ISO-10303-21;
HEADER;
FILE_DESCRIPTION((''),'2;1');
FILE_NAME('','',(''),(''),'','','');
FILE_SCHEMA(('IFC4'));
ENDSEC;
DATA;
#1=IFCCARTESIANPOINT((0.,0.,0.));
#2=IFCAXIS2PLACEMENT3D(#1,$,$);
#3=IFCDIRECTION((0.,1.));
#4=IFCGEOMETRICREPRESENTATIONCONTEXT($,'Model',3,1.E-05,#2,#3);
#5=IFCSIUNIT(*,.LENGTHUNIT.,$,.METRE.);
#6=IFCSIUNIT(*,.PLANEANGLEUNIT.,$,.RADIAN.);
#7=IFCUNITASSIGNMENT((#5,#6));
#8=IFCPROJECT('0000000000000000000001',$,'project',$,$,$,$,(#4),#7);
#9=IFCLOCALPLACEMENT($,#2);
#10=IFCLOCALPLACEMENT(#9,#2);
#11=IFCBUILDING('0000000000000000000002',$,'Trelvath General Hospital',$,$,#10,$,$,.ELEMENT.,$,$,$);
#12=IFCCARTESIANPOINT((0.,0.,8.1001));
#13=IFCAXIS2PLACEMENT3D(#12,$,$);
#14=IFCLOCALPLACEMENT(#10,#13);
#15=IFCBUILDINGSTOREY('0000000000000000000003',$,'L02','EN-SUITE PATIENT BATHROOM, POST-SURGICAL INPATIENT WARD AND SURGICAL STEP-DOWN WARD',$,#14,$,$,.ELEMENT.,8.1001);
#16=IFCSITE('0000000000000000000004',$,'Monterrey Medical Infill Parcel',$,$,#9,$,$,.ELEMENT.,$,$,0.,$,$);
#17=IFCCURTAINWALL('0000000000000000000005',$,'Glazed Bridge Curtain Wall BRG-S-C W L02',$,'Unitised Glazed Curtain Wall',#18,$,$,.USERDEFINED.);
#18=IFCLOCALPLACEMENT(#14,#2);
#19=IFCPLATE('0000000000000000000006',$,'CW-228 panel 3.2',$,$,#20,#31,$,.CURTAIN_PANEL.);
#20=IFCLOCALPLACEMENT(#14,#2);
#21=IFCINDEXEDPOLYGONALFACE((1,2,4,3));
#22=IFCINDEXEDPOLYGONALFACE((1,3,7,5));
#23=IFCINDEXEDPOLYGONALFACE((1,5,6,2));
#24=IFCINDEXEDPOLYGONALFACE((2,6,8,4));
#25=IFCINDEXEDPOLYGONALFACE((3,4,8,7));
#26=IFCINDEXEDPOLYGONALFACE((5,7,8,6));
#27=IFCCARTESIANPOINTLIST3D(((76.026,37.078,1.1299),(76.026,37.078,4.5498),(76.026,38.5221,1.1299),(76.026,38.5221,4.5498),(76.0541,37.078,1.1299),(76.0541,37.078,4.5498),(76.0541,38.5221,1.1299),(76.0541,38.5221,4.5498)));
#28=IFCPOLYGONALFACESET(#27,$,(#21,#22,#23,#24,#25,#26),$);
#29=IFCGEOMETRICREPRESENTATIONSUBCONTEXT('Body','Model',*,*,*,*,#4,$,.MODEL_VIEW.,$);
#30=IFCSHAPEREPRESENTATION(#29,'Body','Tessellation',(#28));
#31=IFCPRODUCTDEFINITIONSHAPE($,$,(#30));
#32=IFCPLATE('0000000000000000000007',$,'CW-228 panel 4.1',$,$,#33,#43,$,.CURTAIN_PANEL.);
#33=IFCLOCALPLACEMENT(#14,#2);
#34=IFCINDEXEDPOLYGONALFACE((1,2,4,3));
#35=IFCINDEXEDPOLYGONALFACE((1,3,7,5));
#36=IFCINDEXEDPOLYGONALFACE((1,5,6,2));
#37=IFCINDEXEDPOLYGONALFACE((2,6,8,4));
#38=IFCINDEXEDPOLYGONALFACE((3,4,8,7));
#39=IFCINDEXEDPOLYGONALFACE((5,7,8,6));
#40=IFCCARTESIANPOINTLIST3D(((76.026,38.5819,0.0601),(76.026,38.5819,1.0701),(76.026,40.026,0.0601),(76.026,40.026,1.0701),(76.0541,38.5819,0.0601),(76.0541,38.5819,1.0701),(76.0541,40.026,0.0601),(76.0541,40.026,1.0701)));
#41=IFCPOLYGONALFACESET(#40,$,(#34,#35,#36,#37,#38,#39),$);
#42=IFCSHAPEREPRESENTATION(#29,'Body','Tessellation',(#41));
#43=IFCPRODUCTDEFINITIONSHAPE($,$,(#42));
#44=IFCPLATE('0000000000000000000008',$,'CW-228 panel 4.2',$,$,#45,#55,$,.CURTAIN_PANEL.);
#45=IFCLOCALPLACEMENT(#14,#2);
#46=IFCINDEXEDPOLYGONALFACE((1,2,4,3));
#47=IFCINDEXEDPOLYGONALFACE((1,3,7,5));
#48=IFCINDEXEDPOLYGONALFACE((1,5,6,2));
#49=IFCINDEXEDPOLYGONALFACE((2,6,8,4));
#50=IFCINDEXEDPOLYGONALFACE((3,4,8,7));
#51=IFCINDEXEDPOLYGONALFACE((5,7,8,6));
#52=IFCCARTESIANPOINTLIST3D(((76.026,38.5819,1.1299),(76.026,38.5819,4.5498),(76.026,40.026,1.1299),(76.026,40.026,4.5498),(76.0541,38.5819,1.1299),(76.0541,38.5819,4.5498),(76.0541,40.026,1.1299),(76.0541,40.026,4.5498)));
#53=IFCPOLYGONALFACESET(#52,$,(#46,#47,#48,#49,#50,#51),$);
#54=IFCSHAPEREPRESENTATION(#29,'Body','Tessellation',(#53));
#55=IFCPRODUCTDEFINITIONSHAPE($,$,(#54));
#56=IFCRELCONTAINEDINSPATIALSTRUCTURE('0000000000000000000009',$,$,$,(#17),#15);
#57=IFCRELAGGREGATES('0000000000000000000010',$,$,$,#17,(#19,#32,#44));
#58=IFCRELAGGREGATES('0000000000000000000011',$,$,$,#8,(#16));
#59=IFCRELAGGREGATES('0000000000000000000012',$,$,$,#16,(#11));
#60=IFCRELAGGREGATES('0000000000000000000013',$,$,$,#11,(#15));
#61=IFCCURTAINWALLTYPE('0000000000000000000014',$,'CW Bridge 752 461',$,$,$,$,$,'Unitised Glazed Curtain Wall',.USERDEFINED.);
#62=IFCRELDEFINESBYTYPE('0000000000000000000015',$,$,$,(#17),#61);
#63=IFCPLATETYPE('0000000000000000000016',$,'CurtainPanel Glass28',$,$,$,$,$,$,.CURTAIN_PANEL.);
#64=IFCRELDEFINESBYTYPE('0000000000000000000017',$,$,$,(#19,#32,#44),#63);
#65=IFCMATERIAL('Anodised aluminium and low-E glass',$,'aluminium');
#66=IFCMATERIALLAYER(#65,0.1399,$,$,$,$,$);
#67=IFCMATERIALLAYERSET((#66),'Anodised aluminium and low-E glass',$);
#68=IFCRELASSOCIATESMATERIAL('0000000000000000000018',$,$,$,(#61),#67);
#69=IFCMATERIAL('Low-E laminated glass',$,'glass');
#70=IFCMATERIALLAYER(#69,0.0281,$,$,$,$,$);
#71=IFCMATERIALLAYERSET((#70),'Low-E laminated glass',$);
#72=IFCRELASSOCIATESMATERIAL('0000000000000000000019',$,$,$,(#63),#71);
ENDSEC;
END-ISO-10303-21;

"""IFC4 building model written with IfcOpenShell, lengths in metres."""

from ifc_helpers import new_model, si_unit, direction, frame, origin, origin_2d, place, context, subcontext, project, spatial, rectangle, extrude, material, layer, layer_set, type_object, element, aggregate, save


model = new_model("IFC4")

# Units and contexts
model_context = context("Model", 3, precision=1e-05, world=origin(), true_north=direction((0.0, 1.0)))
body_context = subcontext(model_context, "Body", "Model", "MODEL_VIEW")
ifc_project = project(units=[si_unit("LENGTHUNIT", "METRE"), si_unit("PLANEANGLEUNIT", "RADIAN")], contexts=[model_context])

# Site, building, storey
site_placement = place(None, origin())
site = spatial("IfcSite", under=ifc_project, at=site_placement, Name="Monterrey Medical Infill Parcel", CompositionType="ELEMENT", RefElevation=0.0)
building_placement = place(site_placement, origin())
building = spatial("IfcBuilding", under=site, at=building_placement, Name="Trelvath General Hospital", CompositionType="ELEMENT")
storey_placement = place(building_placement, frame((0.0, 0.0, 8.1001)))
storey = spatial("IfcBuildingStorey", under=building, at=storey_placement, Name="L02", Description="EN-SUITE PATIENT BATHROOM, POST-SURGICAL INPATIENT WARD AND SURGICAL STEP-DOWN WARD", CompositionType="ELEMENT", Elevation=8.1001)

# Curtain wall
ifc_material_1 = material(Name="Anodised aluminium and low-E glass", Category="aluminium")
ifc_layer_1 = layer(ifc_material_1, 0.1399)
ifc_layer_set_1 = layer_set([ifc_layer_1], Name="Anodised aluminium and low-E glass")
curtain_wall_type_1 = type_object("IfcCurtainWallType", Name="CW Bridge 752 461", ElementType="Unitised Glazed Curtain Wall", PredefinedType="USERDEFINED", material=ifc_layer_set_1)
curtain_wall_1_placement = place(storey_placement, origin())
curtain_wall_1 = element("IfcCurtainWall", 1, at=curtain_wall_1_placement, inside=storey, type_object=curtain_wall_type_1, Name="Glazed Bridge Curtain Wall BRG-S-C W L02", ObjectType="Unitised Glazed Curtain Wall", PredefinedType="USERDEFINED")

# Plates
ifc_material_2 = material(Name="Low-E laminated glass", Category="glass")
ifc_layer_2 = layer(ifc_material_2, 0.0281)
ifc_layer_set_2 = layer_set([ifc_layer_2], Name="Low-E laminated glass")
plate_type = type_object("IfcPlateType", Name="CurtainPanel Glass28", PredefinedType="CURTAIN_PANEL", material=ifc_layer_set_2)
plate_1_placement = place(storey_placement, frame((76.04, 37.8, 1.1299), z_axis=(0.0, 0.0, 1.0), x_axis=(0.0, 1.0, 0.0)))
plate_1 = element("IfcPlate", 2, at=plate_1_placement, type_object=plate_type, Name="CW-228 panel 3.2", PredefinedType="CURTAIN_PANEL", context=body_context, shape_type="SweptSolid", body=[
    extrude(rectangle(XDim=1.4441, YDim=0.0281, at=origin_2d()), origin(), (0.0, 0.0, 1.0), 3.4199),
])
plate_2_placement = place(storey_placement, frame((76.04, 39.304, 0.0601), z_axis=(0.0, 0.0, 1.0), x_axis=(0.0, 1.0, 0.0)))
plate_2 = element("IfcPlate", 3, at=plate_2_placement, type_object=plate_type, Name="CW-228 panel 4.1", PredefinedType="CURTAIN_PANEL", context=body_context, shape_type="SweptSolid", body=[
    extrude(rectangle(XDim=1.4441, YDim=0.0281, at=origin_2d()), origin(), (0.0, 0.0, 1.0), 1.01),
])
plate_3_placement = place(storey_placement, frame((76.04, 39.304, 1.1299), z_axis=(0.0, 0.0, 1.0), x_axis=(0.0, 1.0, 0.0)))
plate_3 = element("IfcPlate", 4, at=plate_3_placement, type_object=plate_type, Name="CW-228 panel 4.2", PredefinedType="CURTAIN_PANEL", context=body_context, shape_type="SweptSolid", body=[
    extrude(rectangle(XDim=1.4441, YDim=0.0281, at=origin_2d()), origin(), (0.0, 0.0, 1.0), 3.4199),
])
aggregate(curtain_wall_1, [plate_1, plate_2, plate_3])

save(model, "model.ifc")
